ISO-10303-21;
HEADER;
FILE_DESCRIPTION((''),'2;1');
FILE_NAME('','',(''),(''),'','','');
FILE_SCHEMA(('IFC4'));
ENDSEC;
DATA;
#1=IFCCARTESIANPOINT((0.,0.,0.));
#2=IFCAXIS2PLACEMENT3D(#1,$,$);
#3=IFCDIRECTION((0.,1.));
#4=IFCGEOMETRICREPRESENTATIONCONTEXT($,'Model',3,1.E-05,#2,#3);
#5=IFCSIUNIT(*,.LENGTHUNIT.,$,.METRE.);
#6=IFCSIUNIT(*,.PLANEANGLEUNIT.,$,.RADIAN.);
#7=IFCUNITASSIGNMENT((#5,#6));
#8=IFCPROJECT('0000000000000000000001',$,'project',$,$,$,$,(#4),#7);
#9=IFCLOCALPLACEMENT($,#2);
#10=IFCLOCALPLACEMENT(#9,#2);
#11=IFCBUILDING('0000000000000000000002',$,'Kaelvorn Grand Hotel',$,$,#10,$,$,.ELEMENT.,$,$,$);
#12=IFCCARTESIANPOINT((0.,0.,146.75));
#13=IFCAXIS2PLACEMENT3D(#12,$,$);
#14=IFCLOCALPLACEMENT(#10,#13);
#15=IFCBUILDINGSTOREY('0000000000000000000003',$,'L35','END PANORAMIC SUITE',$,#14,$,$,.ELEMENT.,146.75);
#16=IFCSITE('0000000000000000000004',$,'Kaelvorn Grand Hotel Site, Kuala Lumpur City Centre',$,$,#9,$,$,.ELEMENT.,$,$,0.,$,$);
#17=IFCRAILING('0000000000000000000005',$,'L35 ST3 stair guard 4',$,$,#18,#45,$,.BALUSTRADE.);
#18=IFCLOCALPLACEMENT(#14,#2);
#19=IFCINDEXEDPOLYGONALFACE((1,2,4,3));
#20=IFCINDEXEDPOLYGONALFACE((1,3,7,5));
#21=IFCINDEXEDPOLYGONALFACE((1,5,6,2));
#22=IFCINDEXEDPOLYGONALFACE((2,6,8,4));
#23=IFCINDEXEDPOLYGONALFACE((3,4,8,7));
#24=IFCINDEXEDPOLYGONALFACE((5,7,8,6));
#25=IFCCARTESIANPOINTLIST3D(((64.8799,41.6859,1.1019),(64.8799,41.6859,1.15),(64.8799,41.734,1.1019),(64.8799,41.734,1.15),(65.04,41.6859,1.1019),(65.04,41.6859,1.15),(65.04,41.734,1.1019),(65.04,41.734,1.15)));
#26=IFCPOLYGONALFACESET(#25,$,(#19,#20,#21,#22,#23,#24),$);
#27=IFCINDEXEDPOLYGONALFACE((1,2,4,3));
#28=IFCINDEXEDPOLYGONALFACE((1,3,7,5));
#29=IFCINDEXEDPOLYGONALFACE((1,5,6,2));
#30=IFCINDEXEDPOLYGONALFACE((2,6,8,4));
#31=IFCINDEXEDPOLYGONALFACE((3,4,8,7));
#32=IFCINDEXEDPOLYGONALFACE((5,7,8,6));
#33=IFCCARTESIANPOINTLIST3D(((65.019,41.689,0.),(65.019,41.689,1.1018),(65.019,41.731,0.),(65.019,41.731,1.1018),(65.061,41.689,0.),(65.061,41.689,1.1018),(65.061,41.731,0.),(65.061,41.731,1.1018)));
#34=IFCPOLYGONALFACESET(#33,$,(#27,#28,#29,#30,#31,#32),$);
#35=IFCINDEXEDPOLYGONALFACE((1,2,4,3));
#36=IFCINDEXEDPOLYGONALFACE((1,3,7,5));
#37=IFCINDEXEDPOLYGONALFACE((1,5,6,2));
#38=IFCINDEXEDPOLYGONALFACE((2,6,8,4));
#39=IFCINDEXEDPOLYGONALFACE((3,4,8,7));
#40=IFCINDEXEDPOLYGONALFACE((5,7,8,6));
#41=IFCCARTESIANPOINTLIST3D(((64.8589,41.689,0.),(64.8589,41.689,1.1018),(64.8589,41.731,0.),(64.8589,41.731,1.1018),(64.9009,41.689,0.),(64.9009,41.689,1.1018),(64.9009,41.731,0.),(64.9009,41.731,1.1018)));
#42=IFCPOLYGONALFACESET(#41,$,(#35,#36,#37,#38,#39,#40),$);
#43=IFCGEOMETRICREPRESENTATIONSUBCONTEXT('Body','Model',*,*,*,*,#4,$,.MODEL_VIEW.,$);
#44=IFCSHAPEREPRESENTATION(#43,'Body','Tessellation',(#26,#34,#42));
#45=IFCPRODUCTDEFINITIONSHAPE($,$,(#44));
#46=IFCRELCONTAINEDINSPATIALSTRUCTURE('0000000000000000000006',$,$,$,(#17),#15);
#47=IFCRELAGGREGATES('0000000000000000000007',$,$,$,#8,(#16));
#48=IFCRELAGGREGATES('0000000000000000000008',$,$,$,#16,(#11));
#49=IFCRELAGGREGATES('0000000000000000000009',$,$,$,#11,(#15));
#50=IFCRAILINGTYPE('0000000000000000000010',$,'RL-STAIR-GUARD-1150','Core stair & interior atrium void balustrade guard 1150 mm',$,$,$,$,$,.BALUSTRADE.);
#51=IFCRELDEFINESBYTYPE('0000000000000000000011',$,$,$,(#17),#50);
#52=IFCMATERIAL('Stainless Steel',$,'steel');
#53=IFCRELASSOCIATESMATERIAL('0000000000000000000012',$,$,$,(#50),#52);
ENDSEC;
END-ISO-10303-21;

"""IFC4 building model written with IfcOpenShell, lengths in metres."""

from ifc_helpers import new_model, si_unit, direction, frame, origin, origin_2d, place, context, subcontext, project, spatial, rectangle, extrude, material, type_object, element, save


model = new_model("IFC4")

# Units and contexts
model_context = context("Model", 3, precision=1e-05, world=origin(), true_north=direction((0.0, 1.0)))
body_context = subcontext(model_context, "Body", "Model", "MODEL_VIEW")
ifc_project = project(units=[si_unit("LENGTHUNIT", "METRE"), si_unit("PLANEANGLEUNIT", "RADIAN")], contexts=[model_context])

# Site, building, storey
site_placement = place(None, origin())
site = spatial("IfcSite", under=ifc_project, at=site_placement, Name="Kaelvorn Grand Hotel Site, Kuala Lumpur City Centre", CompositionType="ELEMENT", RefElevation=0.0)
building_placement = place(site_placement, origin())
building = spatial("IfcBuilding", under=site, at=building_placement, Name="Kaelvorn Grand Hotel", CompositionType="ELEMENT")
storey_placement = place(building_placement, frame((0.0, 0.0, 146.75)))
storey = spatial("IfcBuildingStorey", under=building, at=storey_placement, Name="L35", Description="END PANORAMIC SUITE", CompositionType="ELEMENT", Elevation=146.75)

# Shared definitions
ifc_material_1 = material(Name="Stainless Steel", Category="steel")

# Railing
railing_type_1 = type_object("IfcRailingType", Name="RL-STAIR-GUARD-1150", Description="Core stair & interior atrium void balustrade guard 1150 mm", PredefinedType="BALUSTRADE", material=ifc_material_1)
railing_1_placement = place(storey_placement, frame((65.04, 41.71, 0.0)))
element("IfcRailing", 1, at=railing_1_placement, inside=storey, type_object=railing_type_1, Name="L35 ST3 stair guard 4", PredefinedType="BALUSTRADE", context=body_context, shape_type="SweptSolid", body=[
    extrude(rectangle(XDim=0.0481, YDim=0.0481, at=origin_2d()), frame((0.0, 0.0, 1.126), z_axis=(-1.0, 0.0, 0.0), x_axis=(0.0, -1.0, 0.0)), (0.0, 0.0, 1.0), 0.1602),
    extrude(rectangle(XDim=0.042, YDim=0.042, at=origin_2d()), origin(), (0.0, 0.0, 1.0), 1.1018),
    extrude(rectangle(XDim=0.042, YDim=0.042, at=origin_2d()), frame((-0.1602, 0.0, 0.0)), (0.0, 0.0, 1.0), 1.1018),
])

save(model, "model.ifc")
